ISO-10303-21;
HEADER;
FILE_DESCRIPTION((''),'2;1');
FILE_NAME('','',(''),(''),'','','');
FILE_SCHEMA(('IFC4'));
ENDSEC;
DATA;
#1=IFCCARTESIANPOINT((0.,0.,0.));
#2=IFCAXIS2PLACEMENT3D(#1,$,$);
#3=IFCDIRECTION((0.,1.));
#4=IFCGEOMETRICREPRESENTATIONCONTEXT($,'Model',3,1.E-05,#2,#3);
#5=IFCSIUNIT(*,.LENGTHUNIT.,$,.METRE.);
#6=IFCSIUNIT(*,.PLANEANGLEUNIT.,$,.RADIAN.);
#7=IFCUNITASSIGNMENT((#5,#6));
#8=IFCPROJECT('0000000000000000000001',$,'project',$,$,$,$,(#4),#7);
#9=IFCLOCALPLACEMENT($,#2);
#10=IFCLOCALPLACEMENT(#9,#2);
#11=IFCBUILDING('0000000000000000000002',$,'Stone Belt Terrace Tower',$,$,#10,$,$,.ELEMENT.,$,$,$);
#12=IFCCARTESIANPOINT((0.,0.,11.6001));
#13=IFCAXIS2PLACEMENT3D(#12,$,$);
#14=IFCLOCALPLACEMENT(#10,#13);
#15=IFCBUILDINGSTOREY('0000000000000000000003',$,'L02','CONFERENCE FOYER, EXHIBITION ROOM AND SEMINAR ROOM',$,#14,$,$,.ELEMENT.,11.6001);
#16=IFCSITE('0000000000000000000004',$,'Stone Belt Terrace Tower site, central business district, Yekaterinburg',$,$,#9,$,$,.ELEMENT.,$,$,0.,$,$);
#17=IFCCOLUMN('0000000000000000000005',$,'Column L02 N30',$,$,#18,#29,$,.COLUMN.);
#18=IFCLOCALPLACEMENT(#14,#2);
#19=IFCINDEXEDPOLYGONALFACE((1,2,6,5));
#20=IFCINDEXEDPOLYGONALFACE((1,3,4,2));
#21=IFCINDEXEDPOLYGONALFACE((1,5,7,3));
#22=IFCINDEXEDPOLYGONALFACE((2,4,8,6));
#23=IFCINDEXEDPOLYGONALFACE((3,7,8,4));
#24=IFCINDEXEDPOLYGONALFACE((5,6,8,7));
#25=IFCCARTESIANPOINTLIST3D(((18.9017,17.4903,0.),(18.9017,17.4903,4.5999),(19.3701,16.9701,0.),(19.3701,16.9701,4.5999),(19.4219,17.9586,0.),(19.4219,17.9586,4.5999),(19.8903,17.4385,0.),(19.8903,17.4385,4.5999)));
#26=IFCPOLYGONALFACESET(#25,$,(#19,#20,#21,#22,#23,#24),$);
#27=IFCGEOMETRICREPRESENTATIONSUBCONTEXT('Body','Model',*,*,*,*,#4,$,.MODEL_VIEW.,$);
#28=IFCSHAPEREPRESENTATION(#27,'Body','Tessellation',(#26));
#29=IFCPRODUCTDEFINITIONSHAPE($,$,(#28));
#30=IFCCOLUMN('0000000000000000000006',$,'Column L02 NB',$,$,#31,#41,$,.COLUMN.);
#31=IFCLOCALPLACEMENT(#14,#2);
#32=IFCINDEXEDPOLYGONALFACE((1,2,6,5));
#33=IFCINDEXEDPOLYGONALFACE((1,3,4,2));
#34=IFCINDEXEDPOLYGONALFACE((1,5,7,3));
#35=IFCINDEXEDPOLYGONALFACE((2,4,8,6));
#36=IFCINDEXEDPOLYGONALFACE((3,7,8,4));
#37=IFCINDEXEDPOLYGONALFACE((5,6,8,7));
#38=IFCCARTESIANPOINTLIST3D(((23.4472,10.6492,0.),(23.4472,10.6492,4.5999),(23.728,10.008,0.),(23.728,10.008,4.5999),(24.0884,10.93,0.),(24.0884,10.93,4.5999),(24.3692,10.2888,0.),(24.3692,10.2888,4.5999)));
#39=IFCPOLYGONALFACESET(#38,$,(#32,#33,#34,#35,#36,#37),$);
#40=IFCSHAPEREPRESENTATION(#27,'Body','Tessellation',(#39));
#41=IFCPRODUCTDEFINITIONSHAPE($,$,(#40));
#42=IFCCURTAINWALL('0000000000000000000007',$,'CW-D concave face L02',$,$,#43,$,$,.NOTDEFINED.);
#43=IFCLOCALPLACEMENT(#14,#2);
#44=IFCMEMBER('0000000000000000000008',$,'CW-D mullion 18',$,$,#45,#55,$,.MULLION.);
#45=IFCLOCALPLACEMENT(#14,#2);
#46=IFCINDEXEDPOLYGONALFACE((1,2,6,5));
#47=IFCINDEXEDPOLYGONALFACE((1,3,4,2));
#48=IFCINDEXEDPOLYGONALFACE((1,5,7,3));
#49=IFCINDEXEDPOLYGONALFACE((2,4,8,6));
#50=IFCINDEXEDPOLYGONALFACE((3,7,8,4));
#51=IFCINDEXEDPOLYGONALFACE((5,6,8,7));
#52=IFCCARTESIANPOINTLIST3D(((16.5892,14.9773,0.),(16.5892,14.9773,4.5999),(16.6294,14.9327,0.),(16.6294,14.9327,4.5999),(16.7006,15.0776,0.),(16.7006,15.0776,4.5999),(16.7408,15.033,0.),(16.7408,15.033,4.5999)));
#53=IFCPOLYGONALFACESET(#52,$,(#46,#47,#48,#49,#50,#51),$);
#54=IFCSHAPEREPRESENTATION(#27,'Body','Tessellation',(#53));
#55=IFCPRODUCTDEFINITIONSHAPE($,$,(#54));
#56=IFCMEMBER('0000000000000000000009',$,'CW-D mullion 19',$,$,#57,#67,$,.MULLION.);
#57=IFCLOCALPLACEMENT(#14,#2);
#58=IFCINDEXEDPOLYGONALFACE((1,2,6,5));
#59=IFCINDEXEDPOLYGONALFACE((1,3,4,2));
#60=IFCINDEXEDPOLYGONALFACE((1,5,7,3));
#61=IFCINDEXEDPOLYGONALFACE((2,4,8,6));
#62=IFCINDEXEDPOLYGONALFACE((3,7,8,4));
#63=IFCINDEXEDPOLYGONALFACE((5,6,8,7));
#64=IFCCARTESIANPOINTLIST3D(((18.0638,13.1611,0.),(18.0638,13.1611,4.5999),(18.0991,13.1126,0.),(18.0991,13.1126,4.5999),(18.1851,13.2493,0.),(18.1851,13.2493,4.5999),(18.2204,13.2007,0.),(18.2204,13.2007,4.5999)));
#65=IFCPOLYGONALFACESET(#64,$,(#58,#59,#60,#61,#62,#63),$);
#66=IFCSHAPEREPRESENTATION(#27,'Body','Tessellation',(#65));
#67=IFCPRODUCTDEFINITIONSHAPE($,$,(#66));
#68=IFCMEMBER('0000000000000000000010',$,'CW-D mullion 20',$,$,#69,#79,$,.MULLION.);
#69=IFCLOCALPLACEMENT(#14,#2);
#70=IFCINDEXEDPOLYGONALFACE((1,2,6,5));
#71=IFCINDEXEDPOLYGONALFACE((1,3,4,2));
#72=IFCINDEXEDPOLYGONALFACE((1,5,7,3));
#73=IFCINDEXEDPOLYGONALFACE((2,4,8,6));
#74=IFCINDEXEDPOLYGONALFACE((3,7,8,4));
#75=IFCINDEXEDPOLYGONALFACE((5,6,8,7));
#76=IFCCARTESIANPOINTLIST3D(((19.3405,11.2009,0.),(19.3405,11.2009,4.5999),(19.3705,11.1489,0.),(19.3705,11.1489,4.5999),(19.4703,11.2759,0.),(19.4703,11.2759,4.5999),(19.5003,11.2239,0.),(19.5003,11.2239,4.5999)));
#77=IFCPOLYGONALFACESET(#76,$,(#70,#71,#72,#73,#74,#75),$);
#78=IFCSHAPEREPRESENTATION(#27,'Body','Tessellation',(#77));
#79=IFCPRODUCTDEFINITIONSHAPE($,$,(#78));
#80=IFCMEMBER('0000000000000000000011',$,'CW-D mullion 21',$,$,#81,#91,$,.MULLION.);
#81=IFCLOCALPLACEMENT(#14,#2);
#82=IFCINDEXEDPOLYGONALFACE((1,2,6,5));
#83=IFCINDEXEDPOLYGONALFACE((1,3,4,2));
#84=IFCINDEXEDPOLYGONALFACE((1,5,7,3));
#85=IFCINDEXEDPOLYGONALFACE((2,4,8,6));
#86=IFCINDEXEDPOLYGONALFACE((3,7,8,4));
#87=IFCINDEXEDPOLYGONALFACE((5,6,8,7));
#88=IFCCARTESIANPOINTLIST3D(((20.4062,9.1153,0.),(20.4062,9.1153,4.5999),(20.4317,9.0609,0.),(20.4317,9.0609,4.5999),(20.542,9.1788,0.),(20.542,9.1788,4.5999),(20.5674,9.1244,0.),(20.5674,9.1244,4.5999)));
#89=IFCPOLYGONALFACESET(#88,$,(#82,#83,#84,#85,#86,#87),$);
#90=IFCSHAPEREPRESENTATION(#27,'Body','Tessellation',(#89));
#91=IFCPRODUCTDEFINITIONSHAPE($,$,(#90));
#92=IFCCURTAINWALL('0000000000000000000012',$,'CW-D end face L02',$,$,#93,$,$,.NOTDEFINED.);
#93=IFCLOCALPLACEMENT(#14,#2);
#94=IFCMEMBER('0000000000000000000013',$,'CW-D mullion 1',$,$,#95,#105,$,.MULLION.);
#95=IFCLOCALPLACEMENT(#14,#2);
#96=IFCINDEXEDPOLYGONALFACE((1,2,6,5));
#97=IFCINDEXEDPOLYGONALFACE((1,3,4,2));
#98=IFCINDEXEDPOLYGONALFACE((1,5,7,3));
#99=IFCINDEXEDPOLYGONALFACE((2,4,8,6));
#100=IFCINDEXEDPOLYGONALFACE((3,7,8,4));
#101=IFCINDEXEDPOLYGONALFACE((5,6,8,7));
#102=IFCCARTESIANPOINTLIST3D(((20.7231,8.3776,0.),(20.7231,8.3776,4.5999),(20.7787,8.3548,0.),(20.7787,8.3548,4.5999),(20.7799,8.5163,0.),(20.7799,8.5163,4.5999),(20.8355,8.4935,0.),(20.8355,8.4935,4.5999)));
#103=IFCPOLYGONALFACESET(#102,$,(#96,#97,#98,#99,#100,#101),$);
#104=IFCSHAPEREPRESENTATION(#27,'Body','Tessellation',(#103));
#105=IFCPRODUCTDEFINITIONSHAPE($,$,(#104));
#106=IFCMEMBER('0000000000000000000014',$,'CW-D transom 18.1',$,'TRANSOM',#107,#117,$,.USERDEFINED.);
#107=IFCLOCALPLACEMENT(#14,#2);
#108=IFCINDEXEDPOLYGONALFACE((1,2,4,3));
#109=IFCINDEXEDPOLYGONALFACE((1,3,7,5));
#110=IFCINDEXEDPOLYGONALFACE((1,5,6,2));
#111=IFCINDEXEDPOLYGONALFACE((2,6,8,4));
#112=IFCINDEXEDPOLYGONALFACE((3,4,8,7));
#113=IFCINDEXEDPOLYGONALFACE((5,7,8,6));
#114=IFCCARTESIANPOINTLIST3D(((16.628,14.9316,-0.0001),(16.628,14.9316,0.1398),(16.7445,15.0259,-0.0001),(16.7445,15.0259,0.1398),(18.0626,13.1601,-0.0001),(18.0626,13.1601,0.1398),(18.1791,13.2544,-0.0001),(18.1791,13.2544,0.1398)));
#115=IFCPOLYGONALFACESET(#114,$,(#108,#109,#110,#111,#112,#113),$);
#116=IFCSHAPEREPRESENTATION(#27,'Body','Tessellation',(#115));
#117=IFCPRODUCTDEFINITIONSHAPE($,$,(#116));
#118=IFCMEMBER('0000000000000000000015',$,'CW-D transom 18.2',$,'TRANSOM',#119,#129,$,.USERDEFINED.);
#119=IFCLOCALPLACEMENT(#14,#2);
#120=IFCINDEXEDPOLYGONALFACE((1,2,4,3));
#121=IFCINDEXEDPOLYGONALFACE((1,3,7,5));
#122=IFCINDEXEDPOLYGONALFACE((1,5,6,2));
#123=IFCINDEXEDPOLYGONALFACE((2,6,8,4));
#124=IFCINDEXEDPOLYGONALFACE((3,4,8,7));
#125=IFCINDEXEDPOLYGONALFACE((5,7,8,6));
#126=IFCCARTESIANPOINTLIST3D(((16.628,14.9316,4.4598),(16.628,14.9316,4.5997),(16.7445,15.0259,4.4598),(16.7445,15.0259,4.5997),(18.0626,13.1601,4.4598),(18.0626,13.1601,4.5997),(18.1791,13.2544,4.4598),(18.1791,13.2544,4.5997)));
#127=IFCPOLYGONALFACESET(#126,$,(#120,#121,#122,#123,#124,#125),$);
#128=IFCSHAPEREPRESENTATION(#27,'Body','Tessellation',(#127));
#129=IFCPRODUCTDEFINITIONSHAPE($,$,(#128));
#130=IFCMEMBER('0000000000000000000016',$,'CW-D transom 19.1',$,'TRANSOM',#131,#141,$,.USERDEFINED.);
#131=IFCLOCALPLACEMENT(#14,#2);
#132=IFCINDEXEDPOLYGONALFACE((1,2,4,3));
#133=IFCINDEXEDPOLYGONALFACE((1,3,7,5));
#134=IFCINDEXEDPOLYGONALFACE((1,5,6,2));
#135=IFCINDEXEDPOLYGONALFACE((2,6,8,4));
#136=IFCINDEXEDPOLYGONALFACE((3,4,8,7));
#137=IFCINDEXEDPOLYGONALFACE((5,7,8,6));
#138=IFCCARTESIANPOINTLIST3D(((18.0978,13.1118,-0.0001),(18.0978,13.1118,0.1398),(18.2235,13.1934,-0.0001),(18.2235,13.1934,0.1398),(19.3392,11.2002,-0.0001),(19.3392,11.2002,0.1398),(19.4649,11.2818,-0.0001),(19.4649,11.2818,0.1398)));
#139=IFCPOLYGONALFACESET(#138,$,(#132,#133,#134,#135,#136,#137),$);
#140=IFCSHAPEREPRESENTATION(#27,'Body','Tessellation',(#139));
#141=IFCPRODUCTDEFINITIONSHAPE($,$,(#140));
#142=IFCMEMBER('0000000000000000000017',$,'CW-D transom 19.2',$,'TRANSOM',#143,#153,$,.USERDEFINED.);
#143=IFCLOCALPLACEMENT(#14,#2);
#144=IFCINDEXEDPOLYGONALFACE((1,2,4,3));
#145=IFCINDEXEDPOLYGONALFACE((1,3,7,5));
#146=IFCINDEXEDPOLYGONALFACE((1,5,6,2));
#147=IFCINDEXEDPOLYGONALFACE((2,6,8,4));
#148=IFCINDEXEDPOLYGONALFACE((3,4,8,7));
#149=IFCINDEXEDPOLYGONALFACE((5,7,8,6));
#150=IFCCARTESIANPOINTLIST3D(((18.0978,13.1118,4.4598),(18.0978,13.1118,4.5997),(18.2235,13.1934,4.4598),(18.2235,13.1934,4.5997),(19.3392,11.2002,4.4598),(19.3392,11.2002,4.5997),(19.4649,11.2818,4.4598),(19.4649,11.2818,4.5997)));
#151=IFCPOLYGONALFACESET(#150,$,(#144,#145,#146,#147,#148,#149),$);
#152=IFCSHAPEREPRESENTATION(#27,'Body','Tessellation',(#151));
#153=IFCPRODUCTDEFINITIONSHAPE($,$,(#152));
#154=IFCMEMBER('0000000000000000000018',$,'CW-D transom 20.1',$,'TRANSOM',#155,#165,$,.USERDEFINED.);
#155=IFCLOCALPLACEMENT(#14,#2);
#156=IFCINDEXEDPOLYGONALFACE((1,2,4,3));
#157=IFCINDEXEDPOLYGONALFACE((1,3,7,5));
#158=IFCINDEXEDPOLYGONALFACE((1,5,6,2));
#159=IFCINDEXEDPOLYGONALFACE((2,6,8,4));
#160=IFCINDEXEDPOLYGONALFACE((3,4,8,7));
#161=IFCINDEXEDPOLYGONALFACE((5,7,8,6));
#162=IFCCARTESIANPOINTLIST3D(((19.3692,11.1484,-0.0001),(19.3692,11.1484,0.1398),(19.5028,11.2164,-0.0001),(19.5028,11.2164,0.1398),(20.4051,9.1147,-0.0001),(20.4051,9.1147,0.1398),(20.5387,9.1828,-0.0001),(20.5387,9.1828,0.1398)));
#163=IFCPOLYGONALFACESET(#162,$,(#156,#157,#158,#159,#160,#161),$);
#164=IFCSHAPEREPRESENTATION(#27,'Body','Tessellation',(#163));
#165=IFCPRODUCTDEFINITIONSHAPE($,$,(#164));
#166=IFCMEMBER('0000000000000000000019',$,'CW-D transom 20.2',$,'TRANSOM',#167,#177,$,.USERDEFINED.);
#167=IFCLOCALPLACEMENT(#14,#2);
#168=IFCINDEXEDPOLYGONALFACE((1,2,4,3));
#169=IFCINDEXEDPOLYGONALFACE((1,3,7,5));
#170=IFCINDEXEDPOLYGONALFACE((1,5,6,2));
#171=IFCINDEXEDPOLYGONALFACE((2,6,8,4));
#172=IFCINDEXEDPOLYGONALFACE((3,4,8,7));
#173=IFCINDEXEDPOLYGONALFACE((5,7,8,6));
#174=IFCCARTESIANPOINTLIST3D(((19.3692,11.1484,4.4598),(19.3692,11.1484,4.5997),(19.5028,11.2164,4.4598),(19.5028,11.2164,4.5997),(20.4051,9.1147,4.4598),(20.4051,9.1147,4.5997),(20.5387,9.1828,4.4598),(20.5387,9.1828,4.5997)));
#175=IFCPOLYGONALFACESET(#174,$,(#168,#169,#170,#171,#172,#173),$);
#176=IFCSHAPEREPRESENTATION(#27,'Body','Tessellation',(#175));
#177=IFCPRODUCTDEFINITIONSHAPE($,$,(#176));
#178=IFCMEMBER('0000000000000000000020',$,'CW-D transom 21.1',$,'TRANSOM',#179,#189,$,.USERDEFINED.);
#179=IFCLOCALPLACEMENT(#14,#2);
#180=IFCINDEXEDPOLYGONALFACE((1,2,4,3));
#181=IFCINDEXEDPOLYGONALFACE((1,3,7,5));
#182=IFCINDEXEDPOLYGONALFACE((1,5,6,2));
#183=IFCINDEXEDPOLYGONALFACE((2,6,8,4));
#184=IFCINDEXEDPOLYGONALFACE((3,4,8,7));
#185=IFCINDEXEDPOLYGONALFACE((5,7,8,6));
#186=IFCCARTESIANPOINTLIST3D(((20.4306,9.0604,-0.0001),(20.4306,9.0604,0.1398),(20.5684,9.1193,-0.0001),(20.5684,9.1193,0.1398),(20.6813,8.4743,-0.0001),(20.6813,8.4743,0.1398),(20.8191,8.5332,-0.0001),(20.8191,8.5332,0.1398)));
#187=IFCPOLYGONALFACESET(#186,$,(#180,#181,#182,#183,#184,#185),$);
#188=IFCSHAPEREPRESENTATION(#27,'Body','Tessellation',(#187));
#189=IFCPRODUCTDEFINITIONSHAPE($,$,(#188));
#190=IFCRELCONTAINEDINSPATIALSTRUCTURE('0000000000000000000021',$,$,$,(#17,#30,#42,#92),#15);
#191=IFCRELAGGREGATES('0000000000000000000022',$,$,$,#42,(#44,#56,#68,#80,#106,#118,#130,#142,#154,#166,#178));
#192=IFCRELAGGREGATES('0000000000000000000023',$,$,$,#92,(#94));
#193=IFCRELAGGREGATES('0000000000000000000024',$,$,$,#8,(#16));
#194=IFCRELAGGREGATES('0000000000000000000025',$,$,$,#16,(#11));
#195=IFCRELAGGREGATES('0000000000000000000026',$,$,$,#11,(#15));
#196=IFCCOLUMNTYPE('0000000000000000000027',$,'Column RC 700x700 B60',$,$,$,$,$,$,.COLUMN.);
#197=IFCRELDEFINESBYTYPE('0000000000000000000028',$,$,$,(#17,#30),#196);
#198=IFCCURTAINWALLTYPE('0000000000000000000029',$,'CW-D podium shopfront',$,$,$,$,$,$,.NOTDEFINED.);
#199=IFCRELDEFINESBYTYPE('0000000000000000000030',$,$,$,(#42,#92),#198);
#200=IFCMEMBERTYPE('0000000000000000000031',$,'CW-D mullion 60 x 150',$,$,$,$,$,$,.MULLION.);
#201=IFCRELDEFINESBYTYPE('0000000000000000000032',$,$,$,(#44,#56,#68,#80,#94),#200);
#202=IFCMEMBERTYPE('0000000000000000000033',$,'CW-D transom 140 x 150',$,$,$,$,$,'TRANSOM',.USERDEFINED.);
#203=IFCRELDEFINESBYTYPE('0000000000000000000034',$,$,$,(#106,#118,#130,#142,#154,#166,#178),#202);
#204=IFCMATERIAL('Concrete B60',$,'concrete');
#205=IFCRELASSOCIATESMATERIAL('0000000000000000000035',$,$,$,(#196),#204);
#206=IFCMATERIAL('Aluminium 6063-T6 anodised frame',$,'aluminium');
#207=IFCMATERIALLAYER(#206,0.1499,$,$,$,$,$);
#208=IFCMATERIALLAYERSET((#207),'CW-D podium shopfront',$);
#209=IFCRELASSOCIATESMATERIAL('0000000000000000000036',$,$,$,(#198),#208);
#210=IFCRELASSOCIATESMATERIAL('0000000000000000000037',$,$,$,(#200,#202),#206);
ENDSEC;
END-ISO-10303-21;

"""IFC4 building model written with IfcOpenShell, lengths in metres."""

from ifc_helpers import new_model, si_unit, direction, frame, origin, origin_2d, place, context, subcontext, project, spatial, rectangle, extrude, material, layer, layer_set, material_profile, profile_set, type_object, element, aggregate, save


model = new_model("IFC4")

# Units and contexts
model_context = context("Model", 3, precision=1e-05, world=origin(), true_north=direction((0.0, 1.0)))
body_context = subcontext(model_context, "Body", "Model", "MODEL_VIEW")
ifc_project = project(units=[si_unit("LENGTHUNIT", "METRE"), si_unit("PLANEANGLEUNIT", "RADIAN")], contexts=[model_context])

# Site, building, storey
site_placement = place(None, origin())
site = spatial("IfcSite", under=ifc_project, at=site_placement, Name="Stone Belt Terrace Tower site, central business district, Yekaterinburg", CompositionType="ELEMENT", RefElevation=0.0)
building_placement = place(site_placement, origin())
building = spatial("IfcBuilding", under=site, at=building_placement, Name="Stone Belt Terrace Tower", CompositionType="ELEMENT")
storey_placement = place(building_placement, frame((0.0, 0.0, 11.6001)))
storey = spatial("IfcBuildingStorey", under=building, at=storey_placement, Name="L02", Description="CONFERENCE FOYER, EXHIBITION ROOM AND SEMINAR ROOM", CompositionType="ELEMENT", Elevation=11.6001)

# Columns
ifc_material_1 = material(Name="Concrete B60", Category="concrete")
ifc_material_profile_1 = material_profile(ifc_material_1, rectangle(XDim=0.7, YDim=0.7, at=origin_2d()), Name="RC 700x700")
ifc_profile_set_1 = profile_set([ifc_material_profile_1], Name="Concrete B60")
column_type = type_object("IfcColumnType", Name="Column RC 700x700 B60", PredefinedType="COLUMN", material=ifc_profile_set_1)
for number, where, z_axis, x_axis, name in (
    (1, (19.396, 17.4644, 0.0), (0.0, 0.0, 1.0), (0.669131, -0.743145, 0.0), "Column L02 N30"),
    (2, (23.9082, 10.469, 0.0), (0.0, 0.0, 1.0), (0.401115, -0.916028, 0.0), "Column L02 NB"),
):
    element("IfcColumn", number, at=place(storey_placement, frame(where, z_axis=z_axis, x_axis=x_axis)), inside=storey, type_object=column_type, Name=name, PredefinedType="COLUMN", context=body_context, shape_type="SweptSolid", body=[
        extrude(rectangle(XDim=0.7, YDim=0.7, at=origin_2d()), origin(), (0.0, 0.0, 1.0), 4.5999),
    ])

# Curtain wall, members
ifc_material_2 = material(Name="Aluminium 6063-T6 anodised frame", Category="aluminium")
ifc_layer_1 = layer(ifc_material_2, 0.1499)
ifc_layer_set_1 = layer_set([ifc_layer_1], Name="CW-D podium shopfront")
curtain_wall_type = type_object("IfcCurtainWallType", Name="CW-D podium shopfront", PredefinedType="NOTDEFINED", material=ifc_layer_set_1)
curtain_wall_1_placement = place(storey_placement, origin())
curtain_wall_1 = element("IfcCurtainWall", 3, at=curtain_wall_1_placement, inside=storey, type_object=curtain_wall_type, Name="CW-D concave face L02", PredefinedType="NOTDEFINED")
ifc_material_profile_2 = material_profile(ifc_material_2, rectangle(XDim=0.1499, YDim=0.0601, at=origin_2d()), Name="Aluminium 6063-T6 60x150")
ifc_profile_set_2 = profile_set([ifc_material_profile_2], Name="Aluminium 6063-T6 anodised frame")
member_type_1 = type_object("IfcMemberType", Name="CW-D mullion 60 x 150", PredefinedType="MULLION", material=ifc_profile_set_2)
member_1_placement = place(storey_placement, frame((16.665, 15.0051, 0.0), z_axis=(0.0, 0.0, 1.0), x_axis=(0.743145, 0.669131, 0.0)))
member_1 = element("IfcMember", 4, at=member_1_placement, type_object=member_type_1, Name="CW-D mullion 18", PredefinedType="MULLION", context=body_context, shape_type="SweptSolid", body=[
    extrude(rectangle(XDim=0.1499, YDim=0.0601, at=origin_2d()), origin(), (0.0, 0.0, 1.0), 4.5999),
])
member_2_placement = place(storey_placement, frame((18.1421, 13.1809, 0.0), z_axis=(0.0, 0.0, 1.0), x_axis=(0.809017, 0.587785, 0.0)))
member_2 = element("IfcMember", 5, at=member_2_placement, type_object=member_type_1, Name="CW-D mullion 19", PredefinedType="MULLION", context=body_context, shape_type="SweptSolid", body=[
    extrude(rectangle(XDim=0.1499, YDim=0.0601, at=origin_2d()), origin(), (0.0, 0.0, 1.0), 4.5999),
])
member_3_placement = place(storey_placement, frame((19.4204, 11.2124, 0.0), z_axis=(0.0, 0.0, 1.0), x_axis=(0.866025, 0.5, 0.0)))
member_3 = element("IfcMember", 6, at=member_3_placement, type_object=member_type_1, Name="CW-D mullion 20", PredefinedType="MULLION", context=body_context, shape_type="SweptSolid", body=[
    extrude(rectangle(XDim=0.1499, YDim=0.0601, at=origin_2d()), origin(), (0.0, 0.0, 1.0), 4.5999),
])
member_4_placement = place(storey_placement, frame((20.4868, 9.1199, 0.0), z_axis=(0.0, 0.0, 1.0), x_axis=(0.905778, 0.423752, 0.0)))
member_4 = element("IfcMember", 7, at=member_4_placement, type_object=member_type_1, Name="CW-D mullion 21", PredefinedType="MULLION", context=body_context, shape_type="SweptSolid", body=[
    extrude(rectangle(XDim=0.1499, YDim=0.0601, at=origin_2d()), origin(), (0.0, 0.0, 1.0), 4.5999),
])

# Curtain wall, member
curtain_wall_2_placement = place(storey_placement, origin())
curtain_wall_2 = element("IfcCurtainWall", 8, at=curtain_wall_2_placement, inside=storey, type_object=curtain_wall_type, Name="CW-D end face L02", PredefinedType="NOTDEFINED")
member_5_placement = place(storey_placement, frame((20.7793, 8.4355, 0.0), z_axis=(0.0, 0.0, 1.0), x_axis=(0.379212, 0.92531, 0.0)))
member_5 = element("IfcMember", 9, at=member_5_placement, type_object=member_type_1, Name="CW-D mullion 1", PredefinedType="MULLION", context=body_context, shape_type="SweptSolid", body=[
    extrude(rectangle(XDim=0.1499, YDim=0.0601, at=origin_2d()), origin(), (0.0, 0.0, 1.0), 4.5999),
])

# Members
ifc_material_profile_3 = material_profile(ifc_material_2, rectangle(XDim=0.1499, YDim=0.1399, at=origin_2d()), Name="Aluminium 6063-T6 150x140")
ifc_profile_set_3 = profile_set([ifc_material_profile_3], Name="Aluminium 6063-T6 anodised frame")
member_type_2 = type_object("IfcMemberType", Name="CW-D transom 140 x 150", ElementType="TRANSOM", PredefinedType="USERDEFINED", material=ifc_profile_set_3)
member_6_placement = place(storey_placement, frame((16.6863, 14.9788, 0.0698), z_axis=(0.629334, -0.777135, 0.0), x_axis=(0.777135, 0.629334, 0.0)))
member_6 = element("IfcMember", 10, at=member_6_placement, type_object=member_type_2, Name="CW-D transom 18.1", ObjectType="TRANSOM", PredefinedType="USERDEFINED", context=body_context, shape_type="SweptSolid", body=[
    extrude(rectangle(XDim=0.1499, YDim=0.1399, at=origin_2d()), origin(), (0.0, 0.0, 1.0), 2.2795),
])
member_7_placement = place(storey_placement, frame((16.6863, 14.9788, 4.5298), z_axis=(0.629334, -0.777135, 0.0), x_axis=(0.777135, 0.629334, 0.0)))
member_7 = element("IfcMember", 11, at=member_7_placement, type_object=member_type_2, Name="CW-D transom 18.2", ObjectType="TRANSOM", PredefinedType="USERDEFINED", context=body_context, shape_type="SweptSolid", body=[
    extrude(rectangle(XDim=0.1499, YDim=0.1399, at=origin_2d()), origin(), (0.0, 0.0, 1.0), 2.2795),
])
member_8_placement = place(storey_placement, frame((18.1606, 13.1526, 0.0698), z_axis=(0.544649, -0.838664, 0.0), x_axis=(0.838664, 0.544649, 0.0)))
member_8 = element("IfcMember", 12, at=member_8_placement, type_object=member_type_2, Name="CW-D transom 19.1", ObjectType="TRANSOM", PredefinedType="USERDEFINED", context=body_context, shape_type="SweptSolid", body=[
    extrude(rectangle(XDim=0.1499, YDim=0.1399, at=origin_2d()), origin(), (0.0, 0.0, 1.0), 2.2793),
])
member_9_placement = place(storey_placement, frame((18.1606, 13.1526, 4.5298), z_axis=(0.544649, -0.838664, 0.0), x_axis=(0.838664, 0.544649, 0.0)))
member_9 = element("IfcMember", 13, at=member_9_placement, type_object=member_type_2, Name="CW-D transom 19.2", ObjectType="TRANSOM", PredefinedType="USERDEFINED", context=body_context, shape_type="SweptSolid", body=[
    extrude(rectangle(XDim=0.1499, YDim=0.1399, at=origin_2d()), origin(), (0.0, 0.0, 1.0), 2.2793),
])
member_10_placement = place(storey_placement, frame((19.436, 11.1824, 0.0698), z_axis=(0.453876, -0.891065, 0.0), x_axis=(0.891065, 0.453876, 0.0)))
member_10 = element("IfcMember", 14, at=member_10_placement, type_object=member_type_2, Name="CW-D transom 20.1", ObjectType="TRANSOM", PredefinedType="USERDEFINED", context=body_context, shape_type="SweptSolid", body=[
    extrude(rectangle(XDim=0.1499, YDim=0.1399, at=origin_2d()), origin(), (0.0, 0.0, 1.0), 2.2822),
])
member_11_placement = place(storey_placement, frame((19.436, 11.1824, 4.5298), z_axis=(0.453876, -0.891065, 0.0), x_axis=(0.891065, 0.453876, 0.0)))
member_11 = element("IfcMember", 15, at=member_11_placement, type_object=member_type_2, Name="CW-D transom 20.2", ObjectType="TRANSOM", PredefinedType="USERDEFINED", context=body_context, shape_type="SweptSolid", body=[
    extrude(rectangle(XDim=0.1499, YDim=0.1399, at=origin_2d()), origin(), (0.0, 0.0, 1.0), 2.2822),
])
member_12_placement = place(storey_placement, frame((20.4995, 9.0898, 0.0698), z_axis=(0.393272, -0.919422, 0.0), x_axis=(0.919422, 0.393272, 0.0)))
member_12 = element("IfcMember", 16, at=member_12_placement, type_object=member_type_2, Name="CW-D transom 21.1", ObjectType="TRANSOM", PredefinedType="USERDEFINED", context=body_context, shape_type="SweptSolid", body=[
    extrude(rectangle(XDim=0.1499, YDim=0.1399, at=origin_2d()), origin(), (0.0, 0.0, 1.0), 0.6375),
])

aggregate(curtain_wall_1, [member_1, member_2, member_3, member_4, member_6, member_7, member_8, member_9, member_10, member_11, member_12])
aggregate(curtain_wall_2, [member_5])

save(model, "model.ifc")
